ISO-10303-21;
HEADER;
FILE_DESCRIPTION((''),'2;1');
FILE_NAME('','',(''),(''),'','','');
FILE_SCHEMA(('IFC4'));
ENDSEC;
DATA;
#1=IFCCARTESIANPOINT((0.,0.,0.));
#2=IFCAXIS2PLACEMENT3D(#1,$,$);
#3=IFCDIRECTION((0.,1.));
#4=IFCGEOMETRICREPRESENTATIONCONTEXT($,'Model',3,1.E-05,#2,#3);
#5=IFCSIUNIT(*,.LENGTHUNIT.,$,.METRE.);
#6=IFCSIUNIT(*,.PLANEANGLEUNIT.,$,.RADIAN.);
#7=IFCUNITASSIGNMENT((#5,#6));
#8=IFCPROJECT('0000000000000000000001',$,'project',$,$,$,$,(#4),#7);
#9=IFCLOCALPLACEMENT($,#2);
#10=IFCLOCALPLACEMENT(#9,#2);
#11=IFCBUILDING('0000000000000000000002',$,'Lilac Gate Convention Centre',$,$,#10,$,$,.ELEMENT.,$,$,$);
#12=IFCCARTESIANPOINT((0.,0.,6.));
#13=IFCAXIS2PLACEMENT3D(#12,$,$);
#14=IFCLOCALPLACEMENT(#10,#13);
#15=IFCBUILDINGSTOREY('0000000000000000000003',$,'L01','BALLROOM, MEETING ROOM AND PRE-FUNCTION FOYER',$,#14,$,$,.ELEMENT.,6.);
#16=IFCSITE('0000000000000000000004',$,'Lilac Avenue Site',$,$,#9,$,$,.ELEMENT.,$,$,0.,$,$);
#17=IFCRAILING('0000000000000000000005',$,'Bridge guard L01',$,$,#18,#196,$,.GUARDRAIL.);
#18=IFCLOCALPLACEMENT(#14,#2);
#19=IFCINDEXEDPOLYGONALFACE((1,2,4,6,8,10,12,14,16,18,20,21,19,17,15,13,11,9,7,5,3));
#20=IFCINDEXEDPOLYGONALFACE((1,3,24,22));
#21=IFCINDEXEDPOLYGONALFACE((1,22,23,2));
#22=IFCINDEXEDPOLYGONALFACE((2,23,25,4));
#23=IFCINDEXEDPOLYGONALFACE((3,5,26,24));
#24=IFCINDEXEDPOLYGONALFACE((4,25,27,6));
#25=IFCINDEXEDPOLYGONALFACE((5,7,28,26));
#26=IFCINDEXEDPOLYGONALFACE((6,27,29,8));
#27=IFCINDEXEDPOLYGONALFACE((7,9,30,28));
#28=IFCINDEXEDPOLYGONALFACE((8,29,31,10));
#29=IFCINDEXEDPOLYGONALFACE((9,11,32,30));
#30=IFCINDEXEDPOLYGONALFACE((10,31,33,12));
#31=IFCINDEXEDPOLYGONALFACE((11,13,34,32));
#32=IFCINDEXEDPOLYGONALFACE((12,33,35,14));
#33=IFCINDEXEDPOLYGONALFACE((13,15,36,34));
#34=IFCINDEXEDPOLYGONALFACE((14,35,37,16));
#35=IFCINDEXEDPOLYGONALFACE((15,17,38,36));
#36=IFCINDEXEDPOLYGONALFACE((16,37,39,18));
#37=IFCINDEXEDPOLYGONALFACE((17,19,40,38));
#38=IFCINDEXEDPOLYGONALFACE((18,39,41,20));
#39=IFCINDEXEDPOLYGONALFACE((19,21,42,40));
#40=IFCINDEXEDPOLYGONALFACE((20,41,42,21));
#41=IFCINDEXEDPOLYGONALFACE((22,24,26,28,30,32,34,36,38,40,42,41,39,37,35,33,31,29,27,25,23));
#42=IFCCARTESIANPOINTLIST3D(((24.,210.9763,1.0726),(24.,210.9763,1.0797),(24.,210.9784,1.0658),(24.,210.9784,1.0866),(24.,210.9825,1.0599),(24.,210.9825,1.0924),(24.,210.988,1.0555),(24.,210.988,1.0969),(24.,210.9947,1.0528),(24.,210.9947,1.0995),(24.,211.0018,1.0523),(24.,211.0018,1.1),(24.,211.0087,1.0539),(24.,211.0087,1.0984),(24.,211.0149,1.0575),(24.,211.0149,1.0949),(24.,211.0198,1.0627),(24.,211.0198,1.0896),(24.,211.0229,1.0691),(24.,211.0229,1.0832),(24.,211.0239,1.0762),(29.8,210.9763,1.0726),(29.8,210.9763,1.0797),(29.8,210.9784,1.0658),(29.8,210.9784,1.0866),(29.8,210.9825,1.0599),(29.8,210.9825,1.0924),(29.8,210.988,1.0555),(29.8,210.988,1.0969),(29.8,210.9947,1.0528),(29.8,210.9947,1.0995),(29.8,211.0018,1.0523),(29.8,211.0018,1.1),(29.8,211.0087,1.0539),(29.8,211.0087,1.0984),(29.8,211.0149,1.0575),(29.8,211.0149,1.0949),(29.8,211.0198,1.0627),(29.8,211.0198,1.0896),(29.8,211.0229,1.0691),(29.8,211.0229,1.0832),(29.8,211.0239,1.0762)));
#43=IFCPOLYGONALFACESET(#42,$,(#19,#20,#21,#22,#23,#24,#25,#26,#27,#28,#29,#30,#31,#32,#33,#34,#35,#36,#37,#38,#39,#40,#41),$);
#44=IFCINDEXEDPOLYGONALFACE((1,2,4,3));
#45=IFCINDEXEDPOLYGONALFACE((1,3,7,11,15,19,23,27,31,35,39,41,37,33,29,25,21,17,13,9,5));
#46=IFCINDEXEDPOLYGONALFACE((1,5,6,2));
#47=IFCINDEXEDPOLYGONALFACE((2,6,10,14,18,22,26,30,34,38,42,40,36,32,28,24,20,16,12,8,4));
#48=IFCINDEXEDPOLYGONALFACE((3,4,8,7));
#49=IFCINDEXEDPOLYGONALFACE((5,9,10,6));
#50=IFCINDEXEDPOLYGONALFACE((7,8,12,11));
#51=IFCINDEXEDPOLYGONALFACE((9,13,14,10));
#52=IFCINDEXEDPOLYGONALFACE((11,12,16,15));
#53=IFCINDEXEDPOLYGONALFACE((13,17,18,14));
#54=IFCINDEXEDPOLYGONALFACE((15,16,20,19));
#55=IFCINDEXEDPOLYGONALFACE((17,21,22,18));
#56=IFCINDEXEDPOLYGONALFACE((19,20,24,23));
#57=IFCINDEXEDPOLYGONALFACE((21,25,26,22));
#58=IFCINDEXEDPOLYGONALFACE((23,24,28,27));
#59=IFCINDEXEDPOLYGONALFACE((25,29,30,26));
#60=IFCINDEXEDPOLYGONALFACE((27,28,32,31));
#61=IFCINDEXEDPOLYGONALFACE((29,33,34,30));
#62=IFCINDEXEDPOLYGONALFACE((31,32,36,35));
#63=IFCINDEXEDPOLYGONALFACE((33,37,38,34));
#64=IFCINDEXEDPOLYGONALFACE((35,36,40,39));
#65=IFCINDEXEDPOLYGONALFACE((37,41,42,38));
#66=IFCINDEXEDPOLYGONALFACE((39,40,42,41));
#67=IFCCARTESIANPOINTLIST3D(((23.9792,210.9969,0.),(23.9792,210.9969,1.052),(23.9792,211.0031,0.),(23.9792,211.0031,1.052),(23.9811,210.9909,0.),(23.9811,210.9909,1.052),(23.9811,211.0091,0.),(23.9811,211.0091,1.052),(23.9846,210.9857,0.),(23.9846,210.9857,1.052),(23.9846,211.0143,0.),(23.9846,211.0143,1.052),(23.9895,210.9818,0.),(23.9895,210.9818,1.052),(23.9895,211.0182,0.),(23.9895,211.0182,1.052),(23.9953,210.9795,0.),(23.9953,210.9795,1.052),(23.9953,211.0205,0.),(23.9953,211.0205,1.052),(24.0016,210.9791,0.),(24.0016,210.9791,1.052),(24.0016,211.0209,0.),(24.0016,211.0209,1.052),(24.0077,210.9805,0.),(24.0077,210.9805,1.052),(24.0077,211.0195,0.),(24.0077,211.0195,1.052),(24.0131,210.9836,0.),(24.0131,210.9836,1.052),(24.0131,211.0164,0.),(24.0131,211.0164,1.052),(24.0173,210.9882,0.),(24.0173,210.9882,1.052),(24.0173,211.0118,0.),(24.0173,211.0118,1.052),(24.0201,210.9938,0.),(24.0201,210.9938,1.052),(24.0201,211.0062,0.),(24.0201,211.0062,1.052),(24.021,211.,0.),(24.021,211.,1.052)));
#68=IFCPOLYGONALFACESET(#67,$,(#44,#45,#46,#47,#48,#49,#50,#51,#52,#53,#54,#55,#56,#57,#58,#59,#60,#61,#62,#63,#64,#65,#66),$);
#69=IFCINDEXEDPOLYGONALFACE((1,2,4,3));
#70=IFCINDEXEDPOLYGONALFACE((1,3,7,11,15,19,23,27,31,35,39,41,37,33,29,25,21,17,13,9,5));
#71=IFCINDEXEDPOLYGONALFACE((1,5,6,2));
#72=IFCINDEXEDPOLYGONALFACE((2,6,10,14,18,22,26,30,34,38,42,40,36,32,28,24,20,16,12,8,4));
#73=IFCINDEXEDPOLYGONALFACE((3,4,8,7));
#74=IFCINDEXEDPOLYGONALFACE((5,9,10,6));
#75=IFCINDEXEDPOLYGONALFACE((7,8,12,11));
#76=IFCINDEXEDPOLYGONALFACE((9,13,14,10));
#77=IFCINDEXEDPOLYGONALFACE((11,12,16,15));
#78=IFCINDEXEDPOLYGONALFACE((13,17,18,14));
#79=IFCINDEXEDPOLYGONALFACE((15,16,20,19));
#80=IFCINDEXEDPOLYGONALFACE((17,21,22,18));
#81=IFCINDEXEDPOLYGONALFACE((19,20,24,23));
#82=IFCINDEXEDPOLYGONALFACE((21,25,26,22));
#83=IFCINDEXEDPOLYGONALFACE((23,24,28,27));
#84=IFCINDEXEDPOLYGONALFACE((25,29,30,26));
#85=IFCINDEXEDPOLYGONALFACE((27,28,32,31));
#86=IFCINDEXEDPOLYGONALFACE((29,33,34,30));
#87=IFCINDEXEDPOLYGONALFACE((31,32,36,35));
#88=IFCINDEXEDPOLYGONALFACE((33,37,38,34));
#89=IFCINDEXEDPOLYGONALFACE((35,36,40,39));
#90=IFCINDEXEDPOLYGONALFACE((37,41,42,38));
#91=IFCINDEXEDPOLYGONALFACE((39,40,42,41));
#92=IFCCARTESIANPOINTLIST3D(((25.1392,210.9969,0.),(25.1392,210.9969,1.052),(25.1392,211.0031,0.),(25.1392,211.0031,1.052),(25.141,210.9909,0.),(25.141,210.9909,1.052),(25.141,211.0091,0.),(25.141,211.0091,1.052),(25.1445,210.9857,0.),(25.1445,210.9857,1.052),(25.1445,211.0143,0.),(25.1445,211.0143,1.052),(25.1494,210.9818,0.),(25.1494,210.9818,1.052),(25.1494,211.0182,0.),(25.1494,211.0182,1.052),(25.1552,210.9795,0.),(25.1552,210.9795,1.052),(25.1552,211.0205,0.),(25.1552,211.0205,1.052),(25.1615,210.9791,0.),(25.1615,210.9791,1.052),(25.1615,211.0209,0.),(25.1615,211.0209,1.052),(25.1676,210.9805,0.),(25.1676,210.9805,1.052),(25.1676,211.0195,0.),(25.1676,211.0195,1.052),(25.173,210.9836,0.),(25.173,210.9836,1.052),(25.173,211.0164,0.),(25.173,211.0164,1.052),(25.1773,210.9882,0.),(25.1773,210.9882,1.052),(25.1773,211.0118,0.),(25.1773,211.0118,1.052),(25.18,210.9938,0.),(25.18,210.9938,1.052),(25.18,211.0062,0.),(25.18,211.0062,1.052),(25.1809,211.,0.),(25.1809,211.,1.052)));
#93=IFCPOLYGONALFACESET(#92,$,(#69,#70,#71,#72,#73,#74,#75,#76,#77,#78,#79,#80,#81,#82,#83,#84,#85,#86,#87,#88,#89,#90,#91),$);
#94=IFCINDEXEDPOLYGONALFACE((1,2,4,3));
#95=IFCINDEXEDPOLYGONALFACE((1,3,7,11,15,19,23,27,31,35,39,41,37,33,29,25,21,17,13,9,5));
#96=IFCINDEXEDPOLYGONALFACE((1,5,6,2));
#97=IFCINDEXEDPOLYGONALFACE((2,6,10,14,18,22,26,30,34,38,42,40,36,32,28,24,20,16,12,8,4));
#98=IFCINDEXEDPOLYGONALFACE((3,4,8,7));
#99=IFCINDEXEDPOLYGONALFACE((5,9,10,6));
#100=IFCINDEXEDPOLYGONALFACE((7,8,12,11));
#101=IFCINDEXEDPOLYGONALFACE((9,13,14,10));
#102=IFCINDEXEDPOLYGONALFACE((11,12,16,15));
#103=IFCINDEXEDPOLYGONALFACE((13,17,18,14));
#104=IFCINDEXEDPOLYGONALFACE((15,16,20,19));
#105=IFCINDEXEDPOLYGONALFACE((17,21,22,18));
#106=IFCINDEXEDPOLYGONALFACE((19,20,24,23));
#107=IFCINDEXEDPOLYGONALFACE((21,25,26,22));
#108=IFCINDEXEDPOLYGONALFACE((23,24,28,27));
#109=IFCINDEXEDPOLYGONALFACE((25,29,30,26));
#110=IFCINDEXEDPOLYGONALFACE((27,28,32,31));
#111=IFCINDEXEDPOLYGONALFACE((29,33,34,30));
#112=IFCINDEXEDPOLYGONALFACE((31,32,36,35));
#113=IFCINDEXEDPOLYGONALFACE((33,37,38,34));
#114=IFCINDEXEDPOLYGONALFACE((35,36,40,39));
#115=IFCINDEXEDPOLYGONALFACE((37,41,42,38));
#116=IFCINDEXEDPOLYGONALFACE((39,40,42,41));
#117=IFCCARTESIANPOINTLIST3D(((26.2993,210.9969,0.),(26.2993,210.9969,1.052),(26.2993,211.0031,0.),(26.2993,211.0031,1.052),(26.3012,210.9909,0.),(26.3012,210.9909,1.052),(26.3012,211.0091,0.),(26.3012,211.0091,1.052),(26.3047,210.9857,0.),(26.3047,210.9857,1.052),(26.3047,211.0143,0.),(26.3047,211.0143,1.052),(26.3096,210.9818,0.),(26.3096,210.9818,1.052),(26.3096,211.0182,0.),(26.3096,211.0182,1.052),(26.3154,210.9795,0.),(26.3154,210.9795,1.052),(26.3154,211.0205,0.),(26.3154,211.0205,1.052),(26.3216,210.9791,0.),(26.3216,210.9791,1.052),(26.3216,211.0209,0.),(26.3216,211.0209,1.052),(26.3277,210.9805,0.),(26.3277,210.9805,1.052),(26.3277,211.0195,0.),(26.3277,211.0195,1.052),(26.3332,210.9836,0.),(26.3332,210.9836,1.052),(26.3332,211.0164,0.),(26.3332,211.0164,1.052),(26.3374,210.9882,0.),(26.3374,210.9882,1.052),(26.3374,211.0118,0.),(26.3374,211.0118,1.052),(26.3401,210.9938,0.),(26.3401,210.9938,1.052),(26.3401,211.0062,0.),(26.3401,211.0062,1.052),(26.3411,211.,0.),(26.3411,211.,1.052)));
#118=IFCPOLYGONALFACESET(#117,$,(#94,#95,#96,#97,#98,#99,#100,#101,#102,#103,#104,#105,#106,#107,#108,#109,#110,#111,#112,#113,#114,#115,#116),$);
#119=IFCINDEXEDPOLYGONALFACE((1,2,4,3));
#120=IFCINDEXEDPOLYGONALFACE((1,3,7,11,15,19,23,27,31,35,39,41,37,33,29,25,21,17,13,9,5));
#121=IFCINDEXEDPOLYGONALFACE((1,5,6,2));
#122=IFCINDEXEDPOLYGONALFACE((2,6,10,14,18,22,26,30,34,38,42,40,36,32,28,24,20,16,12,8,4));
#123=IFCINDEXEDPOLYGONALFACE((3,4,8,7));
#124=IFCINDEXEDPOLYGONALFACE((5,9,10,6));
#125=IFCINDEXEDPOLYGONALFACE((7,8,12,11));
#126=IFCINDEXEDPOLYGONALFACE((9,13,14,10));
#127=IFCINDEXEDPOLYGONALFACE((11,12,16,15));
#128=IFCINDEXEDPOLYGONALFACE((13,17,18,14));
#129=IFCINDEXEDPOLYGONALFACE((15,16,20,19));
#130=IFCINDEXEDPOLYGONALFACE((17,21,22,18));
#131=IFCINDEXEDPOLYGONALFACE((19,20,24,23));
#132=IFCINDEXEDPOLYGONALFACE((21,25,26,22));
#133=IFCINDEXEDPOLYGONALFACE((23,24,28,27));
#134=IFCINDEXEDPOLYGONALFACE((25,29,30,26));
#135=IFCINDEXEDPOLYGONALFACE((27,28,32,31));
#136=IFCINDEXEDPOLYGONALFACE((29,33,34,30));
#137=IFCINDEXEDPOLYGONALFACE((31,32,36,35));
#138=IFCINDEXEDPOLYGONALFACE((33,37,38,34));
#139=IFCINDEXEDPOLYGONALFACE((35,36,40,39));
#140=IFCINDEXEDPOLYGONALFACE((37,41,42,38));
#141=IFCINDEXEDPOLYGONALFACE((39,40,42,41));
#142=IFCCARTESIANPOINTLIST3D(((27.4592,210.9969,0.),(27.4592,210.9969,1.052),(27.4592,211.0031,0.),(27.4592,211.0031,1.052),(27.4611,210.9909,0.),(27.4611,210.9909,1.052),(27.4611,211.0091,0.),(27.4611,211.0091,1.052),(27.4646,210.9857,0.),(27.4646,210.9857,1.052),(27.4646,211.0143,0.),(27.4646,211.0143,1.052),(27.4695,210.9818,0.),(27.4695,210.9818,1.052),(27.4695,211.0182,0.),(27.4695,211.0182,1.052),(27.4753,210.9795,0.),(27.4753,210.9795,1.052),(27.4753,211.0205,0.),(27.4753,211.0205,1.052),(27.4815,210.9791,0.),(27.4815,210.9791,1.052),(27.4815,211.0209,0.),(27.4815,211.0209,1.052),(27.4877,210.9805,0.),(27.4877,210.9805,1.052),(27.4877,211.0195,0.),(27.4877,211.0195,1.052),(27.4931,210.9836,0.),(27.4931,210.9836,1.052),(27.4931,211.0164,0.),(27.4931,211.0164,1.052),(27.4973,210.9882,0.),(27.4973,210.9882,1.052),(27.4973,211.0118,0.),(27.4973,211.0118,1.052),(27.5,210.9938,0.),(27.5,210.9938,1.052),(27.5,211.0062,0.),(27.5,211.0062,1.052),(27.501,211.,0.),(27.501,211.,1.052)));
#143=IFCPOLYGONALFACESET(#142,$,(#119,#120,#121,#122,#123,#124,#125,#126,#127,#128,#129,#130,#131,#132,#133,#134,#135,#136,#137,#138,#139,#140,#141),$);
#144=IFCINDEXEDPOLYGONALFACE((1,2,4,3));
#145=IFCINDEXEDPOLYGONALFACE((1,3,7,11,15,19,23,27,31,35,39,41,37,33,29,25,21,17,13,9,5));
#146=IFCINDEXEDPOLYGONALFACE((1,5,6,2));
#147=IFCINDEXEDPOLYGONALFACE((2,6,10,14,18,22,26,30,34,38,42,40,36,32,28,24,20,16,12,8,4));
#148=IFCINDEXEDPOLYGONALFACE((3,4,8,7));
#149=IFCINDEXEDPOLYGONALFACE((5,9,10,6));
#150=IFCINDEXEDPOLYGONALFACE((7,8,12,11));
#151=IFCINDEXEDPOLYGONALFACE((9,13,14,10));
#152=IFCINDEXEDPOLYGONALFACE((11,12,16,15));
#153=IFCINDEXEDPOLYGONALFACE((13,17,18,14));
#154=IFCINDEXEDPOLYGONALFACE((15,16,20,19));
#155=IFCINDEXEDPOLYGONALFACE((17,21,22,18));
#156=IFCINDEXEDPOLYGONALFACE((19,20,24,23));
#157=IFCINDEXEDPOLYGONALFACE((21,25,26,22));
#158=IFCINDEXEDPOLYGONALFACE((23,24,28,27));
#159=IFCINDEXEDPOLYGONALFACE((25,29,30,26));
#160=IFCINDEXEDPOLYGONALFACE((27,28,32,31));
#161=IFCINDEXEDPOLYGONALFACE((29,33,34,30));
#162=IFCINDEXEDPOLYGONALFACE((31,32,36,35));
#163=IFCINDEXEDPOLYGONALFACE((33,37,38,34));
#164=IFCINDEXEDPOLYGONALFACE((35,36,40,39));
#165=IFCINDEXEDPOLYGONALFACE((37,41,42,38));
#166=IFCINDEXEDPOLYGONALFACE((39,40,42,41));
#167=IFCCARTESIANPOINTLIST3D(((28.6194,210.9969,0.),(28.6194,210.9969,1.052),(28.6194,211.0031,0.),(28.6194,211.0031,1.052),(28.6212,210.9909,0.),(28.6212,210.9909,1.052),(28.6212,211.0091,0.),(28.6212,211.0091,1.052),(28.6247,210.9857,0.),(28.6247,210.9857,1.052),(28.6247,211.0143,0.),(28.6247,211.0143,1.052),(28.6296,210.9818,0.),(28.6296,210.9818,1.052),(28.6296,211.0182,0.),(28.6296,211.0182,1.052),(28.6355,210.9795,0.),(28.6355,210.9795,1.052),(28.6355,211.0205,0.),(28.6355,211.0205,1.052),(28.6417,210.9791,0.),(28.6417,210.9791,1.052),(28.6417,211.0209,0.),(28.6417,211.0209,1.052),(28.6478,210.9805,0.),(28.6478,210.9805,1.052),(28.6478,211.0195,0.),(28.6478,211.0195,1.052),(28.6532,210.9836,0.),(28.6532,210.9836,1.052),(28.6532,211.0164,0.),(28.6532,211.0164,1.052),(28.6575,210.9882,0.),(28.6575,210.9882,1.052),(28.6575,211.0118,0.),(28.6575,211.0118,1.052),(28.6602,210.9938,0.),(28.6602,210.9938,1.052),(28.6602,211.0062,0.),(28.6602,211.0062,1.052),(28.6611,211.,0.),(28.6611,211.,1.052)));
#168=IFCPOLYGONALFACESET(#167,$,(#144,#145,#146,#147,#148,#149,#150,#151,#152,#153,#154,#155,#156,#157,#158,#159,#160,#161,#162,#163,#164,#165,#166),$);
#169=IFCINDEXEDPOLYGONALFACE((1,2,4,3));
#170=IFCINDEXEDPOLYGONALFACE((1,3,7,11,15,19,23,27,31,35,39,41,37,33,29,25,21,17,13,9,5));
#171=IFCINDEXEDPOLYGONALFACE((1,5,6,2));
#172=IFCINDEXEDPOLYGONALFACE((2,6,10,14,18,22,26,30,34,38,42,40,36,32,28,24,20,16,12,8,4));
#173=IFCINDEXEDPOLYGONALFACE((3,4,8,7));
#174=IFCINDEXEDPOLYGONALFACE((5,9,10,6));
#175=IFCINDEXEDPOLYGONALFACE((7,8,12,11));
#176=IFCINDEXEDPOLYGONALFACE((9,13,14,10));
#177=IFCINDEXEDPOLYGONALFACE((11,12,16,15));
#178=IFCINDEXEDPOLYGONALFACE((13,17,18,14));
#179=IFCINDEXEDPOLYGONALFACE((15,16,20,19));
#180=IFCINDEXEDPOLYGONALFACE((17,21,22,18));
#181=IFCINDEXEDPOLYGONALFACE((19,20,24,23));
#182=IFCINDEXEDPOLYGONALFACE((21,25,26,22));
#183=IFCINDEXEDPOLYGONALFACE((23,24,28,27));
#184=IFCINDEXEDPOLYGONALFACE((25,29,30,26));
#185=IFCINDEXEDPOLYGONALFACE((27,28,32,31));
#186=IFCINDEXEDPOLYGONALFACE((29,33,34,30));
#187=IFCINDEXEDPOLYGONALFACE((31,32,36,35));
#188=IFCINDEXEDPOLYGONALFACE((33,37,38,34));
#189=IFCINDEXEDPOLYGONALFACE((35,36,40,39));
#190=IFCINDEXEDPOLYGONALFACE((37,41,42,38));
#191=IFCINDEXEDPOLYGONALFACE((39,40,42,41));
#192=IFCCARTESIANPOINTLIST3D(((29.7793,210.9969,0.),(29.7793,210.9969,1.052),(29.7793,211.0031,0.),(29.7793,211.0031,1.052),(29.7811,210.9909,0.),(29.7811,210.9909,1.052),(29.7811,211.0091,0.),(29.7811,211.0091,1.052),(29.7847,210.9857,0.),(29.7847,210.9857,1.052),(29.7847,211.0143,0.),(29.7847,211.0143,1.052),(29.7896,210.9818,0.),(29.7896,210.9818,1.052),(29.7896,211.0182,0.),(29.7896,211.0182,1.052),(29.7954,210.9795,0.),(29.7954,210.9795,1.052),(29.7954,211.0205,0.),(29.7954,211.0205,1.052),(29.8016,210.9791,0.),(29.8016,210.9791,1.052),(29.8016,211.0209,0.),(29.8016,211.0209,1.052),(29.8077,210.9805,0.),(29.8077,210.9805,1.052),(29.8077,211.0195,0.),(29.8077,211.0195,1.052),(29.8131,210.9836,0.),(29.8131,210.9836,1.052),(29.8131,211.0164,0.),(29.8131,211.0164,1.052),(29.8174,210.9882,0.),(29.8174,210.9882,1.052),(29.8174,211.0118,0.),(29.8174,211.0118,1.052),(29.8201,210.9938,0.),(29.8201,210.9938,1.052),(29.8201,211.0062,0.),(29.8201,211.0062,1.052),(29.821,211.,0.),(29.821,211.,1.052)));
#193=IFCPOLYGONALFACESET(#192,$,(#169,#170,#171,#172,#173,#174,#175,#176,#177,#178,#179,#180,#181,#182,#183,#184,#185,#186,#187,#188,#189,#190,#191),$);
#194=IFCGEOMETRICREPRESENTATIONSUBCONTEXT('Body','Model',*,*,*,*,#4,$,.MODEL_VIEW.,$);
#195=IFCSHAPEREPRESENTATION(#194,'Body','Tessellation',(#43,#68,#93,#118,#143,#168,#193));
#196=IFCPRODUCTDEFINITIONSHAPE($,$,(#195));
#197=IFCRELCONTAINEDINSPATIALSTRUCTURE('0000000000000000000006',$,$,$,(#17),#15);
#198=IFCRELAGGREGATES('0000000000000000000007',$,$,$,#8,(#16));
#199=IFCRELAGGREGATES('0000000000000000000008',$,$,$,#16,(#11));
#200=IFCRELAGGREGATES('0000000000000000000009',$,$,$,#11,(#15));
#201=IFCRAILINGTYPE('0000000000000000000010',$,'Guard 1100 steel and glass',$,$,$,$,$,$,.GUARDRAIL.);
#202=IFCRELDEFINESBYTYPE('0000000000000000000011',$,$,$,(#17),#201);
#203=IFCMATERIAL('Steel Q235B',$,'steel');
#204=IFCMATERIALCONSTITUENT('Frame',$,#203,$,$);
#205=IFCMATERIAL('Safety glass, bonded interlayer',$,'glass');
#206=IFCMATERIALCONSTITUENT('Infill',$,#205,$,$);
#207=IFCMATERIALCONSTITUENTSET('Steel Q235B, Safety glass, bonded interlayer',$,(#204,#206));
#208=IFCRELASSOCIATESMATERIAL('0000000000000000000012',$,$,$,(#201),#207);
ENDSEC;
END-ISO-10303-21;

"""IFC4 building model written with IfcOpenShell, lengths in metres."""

from ifc_helpers import new_model, si_unit, direction, frame, origin, origin_2d, place, context, subcontext, project, spatial, circle, extrude, material, constituent, constituent_set, type_object, element, save


model = new_model("IFC4")

# Units and contexts
model_context = context("Model", 3, precision=1e-05, world=origin(), true_north=direction((0.0, 1.0)))
body_context = subcontext(model_context, "Body", "Model", "MODEL_VIEW")
ifc_project = project(units=[si_unit("LENGTHUNIT", "METRE"), si_unit("PLANEANGLEUNIT", "RADIAN")], contexts=[model_context])

# Site, building, storey
site_placement = place(None, origin())
site = spatial("IfcSite", under=ifc_project, at=site_placement, Name="Lilac Avenue Site", CompositionType="ELEMENT", RefElevation=0.0)
building_placement = place(site_placement, origin())
building = spatial("IfcBuilding", under=site, at=building_placement, Name="Lilac Gate Convention Centre", CompositionType="ELEMENT")
storey_placement = place(building_placement, frame((0.0, 0.0, 6.0)))
storey = spatial("IfcBuildingStorey", under=building, at=storey_placement, Name="L01", Description="BALLROOM, MEETING ROOM AND PRE-FUNCTION FOYER", CompositionType="ELEMENT", Elevation=6.0)

# Railing
ifc_material_1 = material(Name="Steel Q235B", Category="steel")
ifc_constituent_1 = constituent(ifc_material_1, Name="Frame")
ifc_material_2 = material(Name="Safety glass, bonded interlayer", Category="glass")
ifc_constituent_2 = constituent(ifc_material_2, Name="Infill")
ifc_constituent_set = constituent_set(constituents=[ifc_constituent_1, ifc_constituent_2], Name="Steel Q235B, Safety glass, bonded interlayer")
railing_type = type_object("IfcRailingType", Name="Guard 1100 steel and glass", PredefinedType="GUARDRAIL", material=ifc_constituent_set)
for number, where, name in (
    (1, (24.0, 211.0, 0.0), "Bridge guard L01"),
):
    element("IfcRailing", number, at=place(storey_placement, frame(where)), inside=storey, type_object=railing_type, Name=name, PredefinedType="GUARDRAIL", context=body_context, shape_type="SweptSolid", body=[
        extrude(circle(Radius=0.0239, at=origin_2d()), frame((0.0, 0.0, 1.0762), z_axis=(1.0, 0.0, 0.0), x_axis=(0.0, 1.0, 0.0)), (0.0, 0.0, 1.0), 5.8),
        extrude(circle(Radius=0.021, at=origin_2d()), origin(), (0.0, 0.0, 1.0), 1.052),
        extrude(circle(Radius=0.021, at=origin_2d()), frame((1.1599, 0.0, 0.0)), (0.0, 0.0, 1.0), 1.052),
        extrude(circle(Radius=0.021, at=origin_2d()), frame((2.3201, 0.0, 0.0)), (0.0, 0.0, 1.0), 1.052),
        extrude(circle(Radius=0.021, at=origin_2d()), frame((3.48, 0.0, 0.0)), (0.0, 0.0, 1.0), 1.052),
        extrude(circle(Radius=0.021, at=origin_2d()), frame((4.6401, 0.0, 0.0)), (0.0, 0.0, 1.0), 1.052),
        extrude(circle(Radius=0.021, at=origin_2d()), frame((5.8, 0.0, 0.0)), (0.0, 0.0, 1.0), 1.052),
    ])

save(model, "model.ifc")
